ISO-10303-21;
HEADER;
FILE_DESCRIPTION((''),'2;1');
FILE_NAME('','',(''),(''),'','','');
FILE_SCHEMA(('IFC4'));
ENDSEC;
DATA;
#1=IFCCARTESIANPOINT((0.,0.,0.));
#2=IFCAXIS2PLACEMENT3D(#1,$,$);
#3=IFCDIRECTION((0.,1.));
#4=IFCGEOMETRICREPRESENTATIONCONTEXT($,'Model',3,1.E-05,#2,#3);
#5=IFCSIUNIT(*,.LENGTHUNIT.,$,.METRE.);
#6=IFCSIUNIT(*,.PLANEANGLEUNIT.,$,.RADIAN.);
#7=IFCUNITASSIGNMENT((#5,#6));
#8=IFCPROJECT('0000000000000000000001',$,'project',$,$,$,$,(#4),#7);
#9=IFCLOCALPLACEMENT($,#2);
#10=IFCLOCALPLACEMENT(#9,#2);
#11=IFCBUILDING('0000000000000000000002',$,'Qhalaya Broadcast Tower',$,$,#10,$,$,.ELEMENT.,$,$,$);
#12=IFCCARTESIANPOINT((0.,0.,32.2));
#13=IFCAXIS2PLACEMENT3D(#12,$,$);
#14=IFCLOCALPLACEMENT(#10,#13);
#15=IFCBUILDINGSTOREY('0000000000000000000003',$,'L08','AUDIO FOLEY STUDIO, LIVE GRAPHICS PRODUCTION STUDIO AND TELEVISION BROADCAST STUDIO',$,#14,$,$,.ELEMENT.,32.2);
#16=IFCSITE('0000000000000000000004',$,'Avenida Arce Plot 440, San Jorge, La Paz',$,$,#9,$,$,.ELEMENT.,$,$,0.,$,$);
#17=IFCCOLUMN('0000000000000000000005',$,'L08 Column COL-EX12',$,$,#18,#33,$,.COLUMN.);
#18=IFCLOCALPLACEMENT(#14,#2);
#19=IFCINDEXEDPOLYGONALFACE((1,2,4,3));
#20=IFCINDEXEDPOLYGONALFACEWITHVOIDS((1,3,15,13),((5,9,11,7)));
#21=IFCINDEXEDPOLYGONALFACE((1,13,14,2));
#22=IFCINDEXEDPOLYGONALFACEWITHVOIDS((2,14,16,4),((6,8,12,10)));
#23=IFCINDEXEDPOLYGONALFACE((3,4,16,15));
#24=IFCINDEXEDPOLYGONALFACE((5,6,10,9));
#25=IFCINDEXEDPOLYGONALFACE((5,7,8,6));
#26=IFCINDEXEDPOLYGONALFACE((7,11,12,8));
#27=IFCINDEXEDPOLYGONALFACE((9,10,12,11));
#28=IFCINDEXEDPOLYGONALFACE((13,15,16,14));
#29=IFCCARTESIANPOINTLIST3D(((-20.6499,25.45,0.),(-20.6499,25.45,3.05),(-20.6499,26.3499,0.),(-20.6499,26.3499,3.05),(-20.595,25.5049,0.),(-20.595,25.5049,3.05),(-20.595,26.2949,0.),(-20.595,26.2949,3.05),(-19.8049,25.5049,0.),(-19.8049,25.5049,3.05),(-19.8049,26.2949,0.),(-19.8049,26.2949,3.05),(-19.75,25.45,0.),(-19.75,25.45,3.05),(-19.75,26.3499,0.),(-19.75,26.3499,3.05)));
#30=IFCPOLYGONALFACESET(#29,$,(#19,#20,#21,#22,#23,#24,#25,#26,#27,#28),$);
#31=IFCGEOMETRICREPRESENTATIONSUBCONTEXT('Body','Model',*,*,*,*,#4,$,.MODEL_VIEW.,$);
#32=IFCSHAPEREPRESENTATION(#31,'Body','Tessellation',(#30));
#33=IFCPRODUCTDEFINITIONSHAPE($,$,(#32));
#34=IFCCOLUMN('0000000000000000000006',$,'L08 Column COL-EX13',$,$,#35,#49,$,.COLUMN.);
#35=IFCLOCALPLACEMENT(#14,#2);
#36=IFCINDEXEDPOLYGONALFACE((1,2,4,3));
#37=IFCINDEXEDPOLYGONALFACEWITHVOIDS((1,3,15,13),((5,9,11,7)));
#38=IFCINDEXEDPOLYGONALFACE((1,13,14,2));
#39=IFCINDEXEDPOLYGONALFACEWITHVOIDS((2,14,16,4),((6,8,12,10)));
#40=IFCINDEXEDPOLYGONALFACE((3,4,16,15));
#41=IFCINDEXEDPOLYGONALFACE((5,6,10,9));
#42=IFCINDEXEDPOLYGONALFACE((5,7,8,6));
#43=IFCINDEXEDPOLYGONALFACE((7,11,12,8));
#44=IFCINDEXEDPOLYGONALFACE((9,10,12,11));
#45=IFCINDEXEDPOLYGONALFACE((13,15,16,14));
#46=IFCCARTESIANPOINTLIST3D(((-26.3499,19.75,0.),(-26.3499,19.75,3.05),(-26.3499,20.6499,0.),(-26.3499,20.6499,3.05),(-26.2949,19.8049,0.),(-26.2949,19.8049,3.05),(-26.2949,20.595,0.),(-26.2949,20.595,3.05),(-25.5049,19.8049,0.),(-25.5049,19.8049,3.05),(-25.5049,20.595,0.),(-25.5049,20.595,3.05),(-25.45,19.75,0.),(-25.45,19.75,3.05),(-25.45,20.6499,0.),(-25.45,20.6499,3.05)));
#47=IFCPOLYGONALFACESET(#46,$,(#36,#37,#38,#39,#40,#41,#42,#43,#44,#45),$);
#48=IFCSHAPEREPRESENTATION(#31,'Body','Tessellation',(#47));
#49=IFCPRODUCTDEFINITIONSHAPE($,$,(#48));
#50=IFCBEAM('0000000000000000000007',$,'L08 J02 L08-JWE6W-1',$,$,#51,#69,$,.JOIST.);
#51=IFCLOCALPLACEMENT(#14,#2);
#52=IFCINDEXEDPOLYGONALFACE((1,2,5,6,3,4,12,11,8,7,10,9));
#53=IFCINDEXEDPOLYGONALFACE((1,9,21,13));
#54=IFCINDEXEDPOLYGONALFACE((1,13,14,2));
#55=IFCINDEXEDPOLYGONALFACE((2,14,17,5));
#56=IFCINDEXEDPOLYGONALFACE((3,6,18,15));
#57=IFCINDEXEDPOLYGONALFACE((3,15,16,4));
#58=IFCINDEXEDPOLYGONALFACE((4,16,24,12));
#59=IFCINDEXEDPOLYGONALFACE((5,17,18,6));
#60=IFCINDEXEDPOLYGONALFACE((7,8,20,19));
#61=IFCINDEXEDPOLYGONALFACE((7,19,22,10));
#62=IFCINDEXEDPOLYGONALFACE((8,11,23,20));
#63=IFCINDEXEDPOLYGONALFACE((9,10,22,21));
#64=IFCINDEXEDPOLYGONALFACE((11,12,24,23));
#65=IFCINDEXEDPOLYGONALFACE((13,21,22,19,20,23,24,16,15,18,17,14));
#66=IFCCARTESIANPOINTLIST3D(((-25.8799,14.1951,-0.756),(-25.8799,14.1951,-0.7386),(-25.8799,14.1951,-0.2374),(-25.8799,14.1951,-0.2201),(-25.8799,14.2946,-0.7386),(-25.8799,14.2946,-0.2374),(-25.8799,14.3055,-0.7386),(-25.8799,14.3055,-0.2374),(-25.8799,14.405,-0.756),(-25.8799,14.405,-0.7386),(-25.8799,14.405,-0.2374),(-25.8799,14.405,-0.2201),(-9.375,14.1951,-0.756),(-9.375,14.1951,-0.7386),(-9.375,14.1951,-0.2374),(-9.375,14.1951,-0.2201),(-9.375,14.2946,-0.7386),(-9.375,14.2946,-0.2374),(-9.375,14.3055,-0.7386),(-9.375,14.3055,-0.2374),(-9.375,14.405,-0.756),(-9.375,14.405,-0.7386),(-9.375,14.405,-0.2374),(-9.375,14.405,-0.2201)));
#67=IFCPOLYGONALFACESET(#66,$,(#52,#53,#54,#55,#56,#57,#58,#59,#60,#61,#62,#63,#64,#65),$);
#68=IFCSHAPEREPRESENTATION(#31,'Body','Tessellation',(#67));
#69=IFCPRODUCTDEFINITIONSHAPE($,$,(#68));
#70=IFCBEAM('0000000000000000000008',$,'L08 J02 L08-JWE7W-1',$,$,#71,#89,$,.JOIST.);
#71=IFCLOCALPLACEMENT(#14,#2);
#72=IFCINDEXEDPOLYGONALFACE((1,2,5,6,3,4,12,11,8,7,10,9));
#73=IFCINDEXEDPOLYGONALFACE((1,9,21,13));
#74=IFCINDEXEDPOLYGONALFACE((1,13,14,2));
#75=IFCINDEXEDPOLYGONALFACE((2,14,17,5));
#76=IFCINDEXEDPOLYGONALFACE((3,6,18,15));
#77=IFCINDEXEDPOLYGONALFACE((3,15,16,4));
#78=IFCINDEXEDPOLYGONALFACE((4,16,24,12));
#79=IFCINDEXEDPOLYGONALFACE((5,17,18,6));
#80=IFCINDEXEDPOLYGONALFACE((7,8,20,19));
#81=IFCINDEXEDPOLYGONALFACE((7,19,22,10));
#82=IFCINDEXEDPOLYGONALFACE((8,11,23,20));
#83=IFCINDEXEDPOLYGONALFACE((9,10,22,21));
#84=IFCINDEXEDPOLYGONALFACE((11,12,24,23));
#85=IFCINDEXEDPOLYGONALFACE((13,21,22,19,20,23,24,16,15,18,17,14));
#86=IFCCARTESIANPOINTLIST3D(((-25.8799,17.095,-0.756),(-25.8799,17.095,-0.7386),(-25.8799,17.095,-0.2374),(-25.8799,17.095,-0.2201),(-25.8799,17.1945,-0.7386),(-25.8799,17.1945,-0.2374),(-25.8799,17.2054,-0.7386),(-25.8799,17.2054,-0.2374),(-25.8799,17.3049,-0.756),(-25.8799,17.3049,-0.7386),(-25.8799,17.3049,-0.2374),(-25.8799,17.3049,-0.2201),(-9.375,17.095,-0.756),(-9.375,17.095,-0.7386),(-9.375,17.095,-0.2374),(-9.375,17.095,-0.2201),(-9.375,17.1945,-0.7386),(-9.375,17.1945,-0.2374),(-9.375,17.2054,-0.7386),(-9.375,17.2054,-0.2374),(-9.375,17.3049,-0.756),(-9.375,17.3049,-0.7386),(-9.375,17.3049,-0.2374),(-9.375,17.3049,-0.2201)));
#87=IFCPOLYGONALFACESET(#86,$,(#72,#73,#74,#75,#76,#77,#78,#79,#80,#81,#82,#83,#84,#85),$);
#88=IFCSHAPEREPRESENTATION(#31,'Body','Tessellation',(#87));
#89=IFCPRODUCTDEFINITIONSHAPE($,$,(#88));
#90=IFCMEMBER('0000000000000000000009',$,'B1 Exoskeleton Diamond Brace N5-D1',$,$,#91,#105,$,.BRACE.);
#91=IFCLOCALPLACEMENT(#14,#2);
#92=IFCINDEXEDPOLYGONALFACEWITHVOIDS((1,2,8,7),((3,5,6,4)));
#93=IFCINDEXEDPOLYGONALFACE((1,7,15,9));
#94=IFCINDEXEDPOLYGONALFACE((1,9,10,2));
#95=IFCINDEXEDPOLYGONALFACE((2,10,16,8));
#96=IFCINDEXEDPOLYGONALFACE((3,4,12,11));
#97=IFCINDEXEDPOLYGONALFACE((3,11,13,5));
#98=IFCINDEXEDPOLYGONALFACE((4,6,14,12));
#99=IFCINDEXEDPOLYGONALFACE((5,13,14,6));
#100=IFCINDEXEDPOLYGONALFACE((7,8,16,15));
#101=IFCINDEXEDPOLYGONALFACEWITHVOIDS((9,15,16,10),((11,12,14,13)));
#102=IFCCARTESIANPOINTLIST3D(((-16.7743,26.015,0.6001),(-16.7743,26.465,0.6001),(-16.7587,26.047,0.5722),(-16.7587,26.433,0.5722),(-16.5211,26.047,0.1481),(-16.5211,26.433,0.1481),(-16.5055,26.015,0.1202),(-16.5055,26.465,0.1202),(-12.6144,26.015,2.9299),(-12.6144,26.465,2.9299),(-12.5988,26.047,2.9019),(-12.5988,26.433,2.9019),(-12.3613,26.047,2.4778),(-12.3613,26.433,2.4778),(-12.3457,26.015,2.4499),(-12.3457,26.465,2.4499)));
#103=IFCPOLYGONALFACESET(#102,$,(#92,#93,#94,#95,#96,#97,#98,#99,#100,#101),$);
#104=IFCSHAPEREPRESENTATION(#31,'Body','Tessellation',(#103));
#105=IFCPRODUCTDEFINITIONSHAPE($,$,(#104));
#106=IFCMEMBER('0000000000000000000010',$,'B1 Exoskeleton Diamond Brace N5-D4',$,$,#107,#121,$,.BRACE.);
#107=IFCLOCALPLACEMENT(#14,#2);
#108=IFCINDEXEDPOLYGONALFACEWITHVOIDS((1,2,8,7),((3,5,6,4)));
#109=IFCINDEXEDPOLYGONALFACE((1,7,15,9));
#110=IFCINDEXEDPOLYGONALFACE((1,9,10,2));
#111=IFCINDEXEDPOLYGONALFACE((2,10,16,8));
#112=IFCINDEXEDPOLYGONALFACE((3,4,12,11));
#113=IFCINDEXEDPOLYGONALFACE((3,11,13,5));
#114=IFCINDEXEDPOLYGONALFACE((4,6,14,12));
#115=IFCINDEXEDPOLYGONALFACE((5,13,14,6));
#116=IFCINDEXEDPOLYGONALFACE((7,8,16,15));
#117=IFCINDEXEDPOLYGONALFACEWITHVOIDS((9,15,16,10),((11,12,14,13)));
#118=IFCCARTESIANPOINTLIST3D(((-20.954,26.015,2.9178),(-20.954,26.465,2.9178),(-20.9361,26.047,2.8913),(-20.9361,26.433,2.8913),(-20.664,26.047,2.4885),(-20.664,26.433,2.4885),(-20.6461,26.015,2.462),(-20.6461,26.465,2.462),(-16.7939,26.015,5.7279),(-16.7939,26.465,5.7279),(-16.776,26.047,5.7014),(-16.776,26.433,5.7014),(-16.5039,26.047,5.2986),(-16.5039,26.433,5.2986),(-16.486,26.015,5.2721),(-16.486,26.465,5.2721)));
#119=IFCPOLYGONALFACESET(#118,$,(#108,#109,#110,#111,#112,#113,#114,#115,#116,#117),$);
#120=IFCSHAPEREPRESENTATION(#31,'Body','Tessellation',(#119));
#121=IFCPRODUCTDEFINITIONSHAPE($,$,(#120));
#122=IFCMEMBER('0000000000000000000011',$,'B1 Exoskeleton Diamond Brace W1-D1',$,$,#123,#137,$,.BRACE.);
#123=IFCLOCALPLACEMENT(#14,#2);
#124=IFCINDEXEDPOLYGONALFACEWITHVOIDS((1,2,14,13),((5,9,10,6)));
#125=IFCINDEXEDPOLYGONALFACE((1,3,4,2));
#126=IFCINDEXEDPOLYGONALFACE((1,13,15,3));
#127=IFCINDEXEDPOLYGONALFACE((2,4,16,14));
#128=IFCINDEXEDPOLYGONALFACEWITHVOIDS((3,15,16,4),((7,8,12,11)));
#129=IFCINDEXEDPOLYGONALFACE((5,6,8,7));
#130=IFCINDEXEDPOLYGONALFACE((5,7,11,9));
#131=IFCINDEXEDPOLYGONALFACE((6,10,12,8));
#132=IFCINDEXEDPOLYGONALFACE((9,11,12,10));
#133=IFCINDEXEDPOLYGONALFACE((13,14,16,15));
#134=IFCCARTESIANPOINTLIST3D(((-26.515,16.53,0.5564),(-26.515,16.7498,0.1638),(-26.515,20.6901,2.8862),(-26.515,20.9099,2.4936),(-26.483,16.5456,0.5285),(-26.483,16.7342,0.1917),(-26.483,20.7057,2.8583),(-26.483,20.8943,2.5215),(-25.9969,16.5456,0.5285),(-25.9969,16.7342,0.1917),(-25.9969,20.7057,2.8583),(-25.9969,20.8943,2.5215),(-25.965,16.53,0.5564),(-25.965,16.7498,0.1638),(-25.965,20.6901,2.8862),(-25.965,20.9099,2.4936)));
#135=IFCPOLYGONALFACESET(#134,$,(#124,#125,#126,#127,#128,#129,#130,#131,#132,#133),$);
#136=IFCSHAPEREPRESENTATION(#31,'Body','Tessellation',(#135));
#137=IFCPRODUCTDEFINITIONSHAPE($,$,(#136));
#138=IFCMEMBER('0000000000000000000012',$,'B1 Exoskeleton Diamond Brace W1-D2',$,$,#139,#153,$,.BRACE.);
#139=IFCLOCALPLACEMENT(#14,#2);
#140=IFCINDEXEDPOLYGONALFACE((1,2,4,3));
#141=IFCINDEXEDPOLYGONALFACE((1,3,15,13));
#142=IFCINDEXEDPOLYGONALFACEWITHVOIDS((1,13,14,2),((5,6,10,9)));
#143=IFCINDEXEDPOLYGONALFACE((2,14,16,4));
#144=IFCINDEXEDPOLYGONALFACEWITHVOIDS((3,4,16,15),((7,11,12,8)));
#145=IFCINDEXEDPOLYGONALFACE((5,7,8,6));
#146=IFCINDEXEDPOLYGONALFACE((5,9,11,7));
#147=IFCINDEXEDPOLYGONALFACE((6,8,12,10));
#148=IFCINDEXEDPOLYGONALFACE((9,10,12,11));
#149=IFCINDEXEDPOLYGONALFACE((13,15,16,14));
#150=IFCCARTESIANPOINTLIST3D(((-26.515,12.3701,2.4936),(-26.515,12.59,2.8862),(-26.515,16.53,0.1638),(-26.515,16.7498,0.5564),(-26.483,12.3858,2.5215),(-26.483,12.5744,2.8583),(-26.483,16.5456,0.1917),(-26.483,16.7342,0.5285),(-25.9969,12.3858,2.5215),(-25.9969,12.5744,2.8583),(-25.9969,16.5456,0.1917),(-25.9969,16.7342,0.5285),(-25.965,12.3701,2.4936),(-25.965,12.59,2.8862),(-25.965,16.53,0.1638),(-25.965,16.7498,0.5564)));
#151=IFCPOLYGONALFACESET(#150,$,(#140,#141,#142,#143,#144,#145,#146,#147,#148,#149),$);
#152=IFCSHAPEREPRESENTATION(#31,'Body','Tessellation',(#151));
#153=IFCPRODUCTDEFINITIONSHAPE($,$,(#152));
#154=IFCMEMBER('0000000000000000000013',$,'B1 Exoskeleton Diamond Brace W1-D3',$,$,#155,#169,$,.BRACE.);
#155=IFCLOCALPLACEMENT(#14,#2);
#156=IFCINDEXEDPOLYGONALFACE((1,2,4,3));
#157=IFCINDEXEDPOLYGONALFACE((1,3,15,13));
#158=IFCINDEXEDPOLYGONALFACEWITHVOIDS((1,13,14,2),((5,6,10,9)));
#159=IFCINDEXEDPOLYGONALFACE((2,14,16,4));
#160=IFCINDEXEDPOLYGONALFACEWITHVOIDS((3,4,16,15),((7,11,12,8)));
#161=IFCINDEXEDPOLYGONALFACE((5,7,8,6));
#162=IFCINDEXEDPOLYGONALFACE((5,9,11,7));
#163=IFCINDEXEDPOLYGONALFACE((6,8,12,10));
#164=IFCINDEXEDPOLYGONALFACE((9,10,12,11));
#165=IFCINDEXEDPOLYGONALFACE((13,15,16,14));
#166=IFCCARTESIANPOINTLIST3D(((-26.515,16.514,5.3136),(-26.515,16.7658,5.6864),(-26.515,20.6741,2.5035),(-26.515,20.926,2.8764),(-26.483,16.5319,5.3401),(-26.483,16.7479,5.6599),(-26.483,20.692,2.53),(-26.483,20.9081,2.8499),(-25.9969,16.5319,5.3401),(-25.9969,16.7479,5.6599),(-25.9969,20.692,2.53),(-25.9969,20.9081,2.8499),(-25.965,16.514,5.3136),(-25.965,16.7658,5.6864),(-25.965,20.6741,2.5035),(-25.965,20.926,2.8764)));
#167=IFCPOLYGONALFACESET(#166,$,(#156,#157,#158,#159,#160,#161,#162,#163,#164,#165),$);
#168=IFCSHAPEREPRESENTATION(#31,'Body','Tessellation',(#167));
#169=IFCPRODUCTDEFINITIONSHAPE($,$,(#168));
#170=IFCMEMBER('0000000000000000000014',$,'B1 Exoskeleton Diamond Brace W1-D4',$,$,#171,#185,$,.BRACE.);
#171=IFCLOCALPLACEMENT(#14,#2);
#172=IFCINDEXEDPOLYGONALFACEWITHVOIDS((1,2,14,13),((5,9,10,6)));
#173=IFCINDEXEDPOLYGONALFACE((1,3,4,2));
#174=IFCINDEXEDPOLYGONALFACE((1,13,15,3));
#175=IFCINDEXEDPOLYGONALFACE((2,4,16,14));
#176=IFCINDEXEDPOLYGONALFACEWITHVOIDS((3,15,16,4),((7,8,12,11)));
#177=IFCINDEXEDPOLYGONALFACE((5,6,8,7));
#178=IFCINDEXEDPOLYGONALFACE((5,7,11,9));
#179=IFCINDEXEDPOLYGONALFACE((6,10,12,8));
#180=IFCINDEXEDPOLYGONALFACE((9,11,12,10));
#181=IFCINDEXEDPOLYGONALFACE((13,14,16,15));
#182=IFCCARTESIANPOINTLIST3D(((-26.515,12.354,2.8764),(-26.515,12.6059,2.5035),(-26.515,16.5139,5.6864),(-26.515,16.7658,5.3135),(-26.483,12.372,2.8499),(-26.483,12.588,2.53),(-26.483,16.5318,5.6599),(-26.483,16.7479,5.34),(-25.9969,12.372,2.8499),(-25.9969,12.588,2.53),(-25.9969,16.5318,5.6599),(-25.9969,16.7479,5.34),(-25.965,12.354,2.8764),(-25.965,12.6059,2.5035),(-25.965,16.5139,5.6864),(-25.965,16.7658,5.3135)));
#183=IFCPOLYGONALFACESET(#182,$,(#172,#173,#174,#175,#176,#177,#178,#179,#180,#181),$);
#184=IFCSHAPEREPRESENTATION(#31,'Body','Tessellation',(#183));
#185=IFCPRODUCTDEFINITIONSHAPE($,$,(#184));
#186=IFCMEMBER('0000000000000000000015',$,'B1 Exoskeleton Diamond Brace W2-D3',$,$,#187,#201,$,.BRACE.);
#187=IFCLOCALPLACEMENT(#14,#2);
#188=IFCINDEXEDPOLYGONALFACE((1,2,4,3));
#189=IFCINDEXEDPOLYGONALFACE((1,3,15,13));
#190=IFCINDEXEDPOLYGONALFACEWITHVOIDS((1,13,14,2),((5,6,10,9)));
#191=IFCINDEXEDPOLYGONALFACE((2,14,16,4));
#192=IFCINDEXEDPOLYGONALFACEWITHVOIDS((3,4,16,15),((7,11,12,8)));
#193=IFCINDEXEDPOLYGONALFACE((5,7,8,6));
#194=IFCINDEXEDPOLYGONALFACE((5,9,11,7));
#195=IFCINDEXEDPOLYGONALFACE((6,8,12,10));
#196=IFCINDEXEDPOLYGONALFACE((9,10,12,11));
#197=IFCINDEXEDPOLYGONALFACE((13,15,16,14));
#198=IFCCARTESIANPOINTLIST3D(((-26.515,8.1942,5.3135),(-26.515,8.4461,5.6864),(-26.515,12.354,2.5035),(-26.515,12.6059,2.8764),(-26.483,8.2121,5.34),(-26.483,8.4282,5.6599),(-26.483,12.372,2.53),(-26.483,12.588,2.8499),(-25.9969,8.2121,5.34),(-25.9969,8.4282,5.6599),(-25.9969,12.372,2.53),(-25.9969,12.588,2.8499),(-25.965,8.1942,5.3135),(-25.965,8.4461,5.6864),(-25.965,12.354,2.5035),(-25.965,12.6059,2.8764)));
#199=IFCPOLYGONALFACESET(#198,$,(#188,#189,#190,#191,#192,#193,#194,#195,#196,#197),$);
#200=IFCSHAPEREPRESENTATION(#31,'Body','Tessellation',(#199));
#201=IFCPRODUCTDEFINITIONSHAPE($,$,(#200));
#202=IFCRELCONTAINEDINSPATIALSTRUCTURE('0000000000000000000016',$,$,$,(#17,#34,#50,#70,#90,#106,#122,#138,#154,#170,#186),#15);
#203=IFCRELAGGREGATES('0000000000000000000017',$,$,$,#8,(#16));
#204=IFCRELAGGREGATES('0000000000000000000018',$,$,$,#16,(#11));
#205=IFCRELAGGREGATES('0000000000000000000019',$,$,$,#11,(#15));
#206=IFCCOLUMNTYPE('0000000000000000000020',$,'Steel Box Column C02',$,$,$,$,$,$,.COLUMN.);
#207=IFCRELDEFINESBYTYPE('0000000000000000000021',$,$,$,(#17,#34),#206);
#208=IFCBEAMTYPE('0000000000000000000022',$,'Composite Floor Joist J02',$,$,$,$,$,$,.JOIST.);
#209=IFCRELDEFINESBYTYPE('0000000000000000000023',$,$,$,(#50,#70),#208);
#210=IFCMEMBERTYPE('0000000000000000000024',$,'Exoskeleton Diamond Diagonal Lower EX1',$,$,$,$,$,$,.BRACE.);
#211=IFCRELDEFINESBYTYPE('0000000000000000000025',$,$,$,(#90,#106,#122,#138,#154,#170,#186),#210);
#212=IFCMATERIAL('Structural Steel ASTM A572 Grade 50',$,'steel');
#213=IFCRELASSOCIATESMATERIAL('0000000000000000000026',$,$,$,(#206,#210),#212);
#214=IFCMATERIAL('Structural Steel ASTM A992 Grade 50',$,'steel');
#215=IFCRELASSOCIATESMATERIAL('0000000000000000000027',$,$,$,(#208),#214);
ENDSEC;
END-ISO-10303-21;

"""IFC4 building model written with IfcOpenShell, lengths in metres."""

from ifc_helpers import new_model, si_unit, direction, frame, origin, origin_2d, place, context, subcontext, project, spatial, hollow_rectangle, i_section, extrude, material, material_profile, profile_set, type_object, element, save


model = new_model("IFC4")

# Units and contexts
model_context = context("Model", 3, precision=1e-05, world=origin(), true_north=direction((0.0, 1.0)))
body_context = subcontext(model_context, "Body", "Model", "MODEL_VIEW")
ifc_project = project(units=[si_unit("LENGTHUNIT", "METRE"), si_unit("PLANEANGLEUNIT", "RADIAN")], contexts=[model_context])

# Site, building, storey
site_placement = place(None, origin())
site = spatial("IfcSite", under=ifc_project, at=site_placement, Name="Avenida Arce Plot 440, San Jorge, La Paz", CompositionType="ELEMENT", RefElevation=0.0)
building_placement = place(site_placement, origin())
building = spatial("IfcBuilding", under=site, at=building_placement, Name="Qhalaya Broadcast Tower", CompositionType="ELEMENT")
storey_placement = place(building_placement, frame((0.0, 0.0, 32.2)))
storey = spatial("IfcBuildingStorey", under=building, at=storey_placement, Name="L08", Description="AUDIO FOLEY STUDIO, LIVE GRAPHICS PRODUCTION STUDIO AND TELEVISION BROADCAST STUDIO", CompositionType="ELEMENT", Elevation=32.2)

# Columns
ifc_material_1 = material(Name="Structural Steel ASTM A572 Grade 50", Category="steel")
ifc_material_profile_1 = material_profile(ifc_material_1, hollow_rectangle(XDim=0.8999, YDim=0.8999, WallThickness=0.0549, at=origin_2d()), Name="BOX 900x900x55")
ifc_profile_set_1 = profile_set([ifc_material_profile_1], Name="Structural Steel ASTM A572 Grade 50")
column_type = type_object("IfcColumnType", Name="Steel Box Column C02", PredefinedType="COLUMN", material=ifc_profile_set_1)
for number, where, z_axis, x_axis, name in (
    (1, (-20.2, 25.8999, 0.0), (0.0, 0.0, 1.0), (1.0, 0.0, 0.0), "L08 Column COL-EX12"),
    (2, (-25.8999, 20.2, 0.0), (0.0, 0.0, 1.0), (0.0, 1.0, 0.0), "L08 Column COL-EX13"),
):
    element("IfcColumn", number, at=place(storey_placement, frame(where, z_axis=z_axis, x_axis=x_axis)), inside=storey, type_object=column_type, Name=name, PredefinedType="COLUMN", context=body_context, shape_type="SweptSolid", body=[
        extrude(hollow_rectangle(XDim=0.8999, YDim=0.8999, WallThickness=0.0549, at=origin_2d()), origin(), (0.0, 0.0, 1.0), 3.05),
    ])

# Beams
ifc_material_2 = material(Name="Structural Steel ASTM A992 Grade 50", Category="steel")
ifc_material_profile_2 = material_profile(ifc_material_2, i_section(OverallWidth=0.21, OverallDepth=0.5359, WebThickness=0.011, FlangeThickness=0.0173, at=origin_2d()), Name="W21X68")
ifc_profile_set_2 = profile_set([ifc_material_profile_2], Name="Structural Steel ASTM A992 Grade 50")
beam_type_1 = type_object("IfcBeamType", Name="Composite Floor Joist J02", PredefinedType="JOIST", material=ifc_profile_set_2)
for number, where, z_axis, x_axis, name in (
    (3, (-25.8799, 14.3, -0.488), (1.0, 0.0, 0.0), (0.0, 1.0, 0.0), "L08 J02 L08-JWE6W-1"),
    (4, (-25.8799, 17.2, -0.488), (1.0, 0.0, 0.0), (0.0, 1.0, 0.0), "L08 J02 L08-JWE7W-1"),
):
    element("IfcBeam", number, at=place(storey_placement, frame(where, z_axis=z_axis, x_axis=x_axis)), inside=storey, type_object=beam_type_1, Name=name, PredefinedType="JOIST", context=body_context, shape_type="SweptSolid", body=[
        extrude(i_section(OverallWidth=0.21, OverallDepth=0.5359, WebThickness=0.011, FlangeThickness=0.0173, at=origin_2d()), origin(), (0.0, 0.0, 1.0), 16.5049),
    ])

# Members
ifc_material_profile_3 = material_profile(ifc_material_1, hollow_rectangle(XDim=0.45, YDim=0.55, WallThickness=0.032, at=origin_2d()), Name="BOX 450x550x32")
ifc_profile_set_3 = profile_set([ifc_material_profile_3], Name="Structural Steel ASTM A572 Grade 50")
member_type = type_object("IfcMemberType", Name="Exoskeleton Diamond Diagonal Lower EX1", PredefinedType="BRACE", material=ifc_profile_set_3)
member_1_placement = place(storey_placement, frame((-16.6399, 26.24, 0.3601), z_axis=(0.872481, 0.0, 0.488649), x_axis=(0.0, 1.0, 0.0)))
element("IfcMember", 5, at=member_1_placement, inside=storey, type_object=member_type, Name="B1 Exoskeleton Diamond Brace N5-D1", PredefinedType="BRACE", context=body_context, shape_type="SweptSolid", body=[
    extrude(hollow_rectangle(XDim=0.45, YDim=0.55, WallThickness=0.032, at=origin_2d()), origin(), (0.0, 0.0, 1.0), 4.7678),
])
member_2_placement = place(storey_placement, frame((-20.8, 26.24, 2.6899), z_axis=(0.828668, 0.0, 0.55974), x_axis=(0.0, 1.0, 0.0)))
element("IfcMember", 6, at=member_2_placement, inside=storey, type_object=member_type, Name="B1 Exoskeleton Diamond Brace N5-D4", PredefinedType="BRACE", context=body_context, shape_type="SweptSolid", body=[
    extrude(hollow_rectangle(XDim=0.45, YDim=0.55, WallThickness=0.032, at=origin_2d()), origin(), (0.0, 0.0, 1.0), 5.0203),
])
member_3_placement = place(storey_placement, frame((-26.24, 16.6399, 0.3601), z_axis=(0.0, 0.872493, 0.488627), x_axis=(0.0, -0.488627, 0.872493)))
element("IfcMember", 7, at=member_3_placement, inside=storey, type_object=member_type, Name="B1 Exoskeleton Diamond Brace W1-D1", PredefinedType="BRACE", context=body_context, shape_type="SweptSolid", body=[
    extrude(hollow_rectangle(XDim=0.45, YDim=0.55, WallThickness=0.032, at=origin_2d()), origin(), (0.0, 0.0, 1.0), 4.7681),
])
member_4_placement = place(storey_placement, frame((-26.24, 16.6399, 0.3601), z_axis=(0.0, -0.872481, 0.488649), x_axis=(0.0, 0.488649, 0.872481)))
element("IfcMember", 8, at=member_4_placement, inside=storey, type_object=member_type, Name="B1 Exoskeleton Diamond Brace W1-D2", PredefinedType="BRACE", context=body_context, shape_type="SweptSolid", body=[
    extrude(hollow_rectangle(XDim=0.45, YDim=0.55, WallThickness=0.032, at=origin_2d()), origin(), (0.0, 0.0, 1.0), 4.7678),
])
member_5_placement = place(storey_placement, frame((-26.24, 20.8, 2.6899), z_axis=(0.0, -0.828668, 0.55974), x_axis=(0.0, 0.55974, 0.828668)))
element("IfcMember", 9, at=member_5_placement, inside=storey, type_object=member_type, Name="B1 Exoskeleton Diamond Brace W1-D3", PredefinedType="BRACE", context=body_context, shape_type="SweptSolid", body=[
    extrude(hollow_rectangle(XDim=0.45, YDim=0.55, WallThickness=0.032, at=origin_2d()), origin(), (0.0, 0.0, 1.0), 5.0203),
])
for number, where, z_axis, x_axis, name in (
    (10, (-26.24, 12.48, 2.6899), (0.0, 0.828653, 0.559763), (0.0, -0.559763, 0.828653), "B1 Exoskeleton Diamond Brace W1-D4"),
    (11, (-26.24, 12.48, 2.6899), (0.0, -0.828653, 0.559763), (0.0, 0.559763, 0.828653), "B1 Exoskeleton Diamond Brace W2-D3"),
):
    element("IfcMember", number, at=place(storey_placement, frame(where, z_axis=z_axis, x_axis=x_axis)), inside=storey, type_object=member_type, Name=name, PredefinedType="BRACE", context=body_context, shape_type="SweptSolid", body=[
        extrude(hollow_rectangle(XDim=0.45, YDim=0.55, WallThickness=0.032, at=origin_2d()), origin(), (0.0, 0.0, 1.0), 5.02),
    ])

save(model, "model.ifc")
